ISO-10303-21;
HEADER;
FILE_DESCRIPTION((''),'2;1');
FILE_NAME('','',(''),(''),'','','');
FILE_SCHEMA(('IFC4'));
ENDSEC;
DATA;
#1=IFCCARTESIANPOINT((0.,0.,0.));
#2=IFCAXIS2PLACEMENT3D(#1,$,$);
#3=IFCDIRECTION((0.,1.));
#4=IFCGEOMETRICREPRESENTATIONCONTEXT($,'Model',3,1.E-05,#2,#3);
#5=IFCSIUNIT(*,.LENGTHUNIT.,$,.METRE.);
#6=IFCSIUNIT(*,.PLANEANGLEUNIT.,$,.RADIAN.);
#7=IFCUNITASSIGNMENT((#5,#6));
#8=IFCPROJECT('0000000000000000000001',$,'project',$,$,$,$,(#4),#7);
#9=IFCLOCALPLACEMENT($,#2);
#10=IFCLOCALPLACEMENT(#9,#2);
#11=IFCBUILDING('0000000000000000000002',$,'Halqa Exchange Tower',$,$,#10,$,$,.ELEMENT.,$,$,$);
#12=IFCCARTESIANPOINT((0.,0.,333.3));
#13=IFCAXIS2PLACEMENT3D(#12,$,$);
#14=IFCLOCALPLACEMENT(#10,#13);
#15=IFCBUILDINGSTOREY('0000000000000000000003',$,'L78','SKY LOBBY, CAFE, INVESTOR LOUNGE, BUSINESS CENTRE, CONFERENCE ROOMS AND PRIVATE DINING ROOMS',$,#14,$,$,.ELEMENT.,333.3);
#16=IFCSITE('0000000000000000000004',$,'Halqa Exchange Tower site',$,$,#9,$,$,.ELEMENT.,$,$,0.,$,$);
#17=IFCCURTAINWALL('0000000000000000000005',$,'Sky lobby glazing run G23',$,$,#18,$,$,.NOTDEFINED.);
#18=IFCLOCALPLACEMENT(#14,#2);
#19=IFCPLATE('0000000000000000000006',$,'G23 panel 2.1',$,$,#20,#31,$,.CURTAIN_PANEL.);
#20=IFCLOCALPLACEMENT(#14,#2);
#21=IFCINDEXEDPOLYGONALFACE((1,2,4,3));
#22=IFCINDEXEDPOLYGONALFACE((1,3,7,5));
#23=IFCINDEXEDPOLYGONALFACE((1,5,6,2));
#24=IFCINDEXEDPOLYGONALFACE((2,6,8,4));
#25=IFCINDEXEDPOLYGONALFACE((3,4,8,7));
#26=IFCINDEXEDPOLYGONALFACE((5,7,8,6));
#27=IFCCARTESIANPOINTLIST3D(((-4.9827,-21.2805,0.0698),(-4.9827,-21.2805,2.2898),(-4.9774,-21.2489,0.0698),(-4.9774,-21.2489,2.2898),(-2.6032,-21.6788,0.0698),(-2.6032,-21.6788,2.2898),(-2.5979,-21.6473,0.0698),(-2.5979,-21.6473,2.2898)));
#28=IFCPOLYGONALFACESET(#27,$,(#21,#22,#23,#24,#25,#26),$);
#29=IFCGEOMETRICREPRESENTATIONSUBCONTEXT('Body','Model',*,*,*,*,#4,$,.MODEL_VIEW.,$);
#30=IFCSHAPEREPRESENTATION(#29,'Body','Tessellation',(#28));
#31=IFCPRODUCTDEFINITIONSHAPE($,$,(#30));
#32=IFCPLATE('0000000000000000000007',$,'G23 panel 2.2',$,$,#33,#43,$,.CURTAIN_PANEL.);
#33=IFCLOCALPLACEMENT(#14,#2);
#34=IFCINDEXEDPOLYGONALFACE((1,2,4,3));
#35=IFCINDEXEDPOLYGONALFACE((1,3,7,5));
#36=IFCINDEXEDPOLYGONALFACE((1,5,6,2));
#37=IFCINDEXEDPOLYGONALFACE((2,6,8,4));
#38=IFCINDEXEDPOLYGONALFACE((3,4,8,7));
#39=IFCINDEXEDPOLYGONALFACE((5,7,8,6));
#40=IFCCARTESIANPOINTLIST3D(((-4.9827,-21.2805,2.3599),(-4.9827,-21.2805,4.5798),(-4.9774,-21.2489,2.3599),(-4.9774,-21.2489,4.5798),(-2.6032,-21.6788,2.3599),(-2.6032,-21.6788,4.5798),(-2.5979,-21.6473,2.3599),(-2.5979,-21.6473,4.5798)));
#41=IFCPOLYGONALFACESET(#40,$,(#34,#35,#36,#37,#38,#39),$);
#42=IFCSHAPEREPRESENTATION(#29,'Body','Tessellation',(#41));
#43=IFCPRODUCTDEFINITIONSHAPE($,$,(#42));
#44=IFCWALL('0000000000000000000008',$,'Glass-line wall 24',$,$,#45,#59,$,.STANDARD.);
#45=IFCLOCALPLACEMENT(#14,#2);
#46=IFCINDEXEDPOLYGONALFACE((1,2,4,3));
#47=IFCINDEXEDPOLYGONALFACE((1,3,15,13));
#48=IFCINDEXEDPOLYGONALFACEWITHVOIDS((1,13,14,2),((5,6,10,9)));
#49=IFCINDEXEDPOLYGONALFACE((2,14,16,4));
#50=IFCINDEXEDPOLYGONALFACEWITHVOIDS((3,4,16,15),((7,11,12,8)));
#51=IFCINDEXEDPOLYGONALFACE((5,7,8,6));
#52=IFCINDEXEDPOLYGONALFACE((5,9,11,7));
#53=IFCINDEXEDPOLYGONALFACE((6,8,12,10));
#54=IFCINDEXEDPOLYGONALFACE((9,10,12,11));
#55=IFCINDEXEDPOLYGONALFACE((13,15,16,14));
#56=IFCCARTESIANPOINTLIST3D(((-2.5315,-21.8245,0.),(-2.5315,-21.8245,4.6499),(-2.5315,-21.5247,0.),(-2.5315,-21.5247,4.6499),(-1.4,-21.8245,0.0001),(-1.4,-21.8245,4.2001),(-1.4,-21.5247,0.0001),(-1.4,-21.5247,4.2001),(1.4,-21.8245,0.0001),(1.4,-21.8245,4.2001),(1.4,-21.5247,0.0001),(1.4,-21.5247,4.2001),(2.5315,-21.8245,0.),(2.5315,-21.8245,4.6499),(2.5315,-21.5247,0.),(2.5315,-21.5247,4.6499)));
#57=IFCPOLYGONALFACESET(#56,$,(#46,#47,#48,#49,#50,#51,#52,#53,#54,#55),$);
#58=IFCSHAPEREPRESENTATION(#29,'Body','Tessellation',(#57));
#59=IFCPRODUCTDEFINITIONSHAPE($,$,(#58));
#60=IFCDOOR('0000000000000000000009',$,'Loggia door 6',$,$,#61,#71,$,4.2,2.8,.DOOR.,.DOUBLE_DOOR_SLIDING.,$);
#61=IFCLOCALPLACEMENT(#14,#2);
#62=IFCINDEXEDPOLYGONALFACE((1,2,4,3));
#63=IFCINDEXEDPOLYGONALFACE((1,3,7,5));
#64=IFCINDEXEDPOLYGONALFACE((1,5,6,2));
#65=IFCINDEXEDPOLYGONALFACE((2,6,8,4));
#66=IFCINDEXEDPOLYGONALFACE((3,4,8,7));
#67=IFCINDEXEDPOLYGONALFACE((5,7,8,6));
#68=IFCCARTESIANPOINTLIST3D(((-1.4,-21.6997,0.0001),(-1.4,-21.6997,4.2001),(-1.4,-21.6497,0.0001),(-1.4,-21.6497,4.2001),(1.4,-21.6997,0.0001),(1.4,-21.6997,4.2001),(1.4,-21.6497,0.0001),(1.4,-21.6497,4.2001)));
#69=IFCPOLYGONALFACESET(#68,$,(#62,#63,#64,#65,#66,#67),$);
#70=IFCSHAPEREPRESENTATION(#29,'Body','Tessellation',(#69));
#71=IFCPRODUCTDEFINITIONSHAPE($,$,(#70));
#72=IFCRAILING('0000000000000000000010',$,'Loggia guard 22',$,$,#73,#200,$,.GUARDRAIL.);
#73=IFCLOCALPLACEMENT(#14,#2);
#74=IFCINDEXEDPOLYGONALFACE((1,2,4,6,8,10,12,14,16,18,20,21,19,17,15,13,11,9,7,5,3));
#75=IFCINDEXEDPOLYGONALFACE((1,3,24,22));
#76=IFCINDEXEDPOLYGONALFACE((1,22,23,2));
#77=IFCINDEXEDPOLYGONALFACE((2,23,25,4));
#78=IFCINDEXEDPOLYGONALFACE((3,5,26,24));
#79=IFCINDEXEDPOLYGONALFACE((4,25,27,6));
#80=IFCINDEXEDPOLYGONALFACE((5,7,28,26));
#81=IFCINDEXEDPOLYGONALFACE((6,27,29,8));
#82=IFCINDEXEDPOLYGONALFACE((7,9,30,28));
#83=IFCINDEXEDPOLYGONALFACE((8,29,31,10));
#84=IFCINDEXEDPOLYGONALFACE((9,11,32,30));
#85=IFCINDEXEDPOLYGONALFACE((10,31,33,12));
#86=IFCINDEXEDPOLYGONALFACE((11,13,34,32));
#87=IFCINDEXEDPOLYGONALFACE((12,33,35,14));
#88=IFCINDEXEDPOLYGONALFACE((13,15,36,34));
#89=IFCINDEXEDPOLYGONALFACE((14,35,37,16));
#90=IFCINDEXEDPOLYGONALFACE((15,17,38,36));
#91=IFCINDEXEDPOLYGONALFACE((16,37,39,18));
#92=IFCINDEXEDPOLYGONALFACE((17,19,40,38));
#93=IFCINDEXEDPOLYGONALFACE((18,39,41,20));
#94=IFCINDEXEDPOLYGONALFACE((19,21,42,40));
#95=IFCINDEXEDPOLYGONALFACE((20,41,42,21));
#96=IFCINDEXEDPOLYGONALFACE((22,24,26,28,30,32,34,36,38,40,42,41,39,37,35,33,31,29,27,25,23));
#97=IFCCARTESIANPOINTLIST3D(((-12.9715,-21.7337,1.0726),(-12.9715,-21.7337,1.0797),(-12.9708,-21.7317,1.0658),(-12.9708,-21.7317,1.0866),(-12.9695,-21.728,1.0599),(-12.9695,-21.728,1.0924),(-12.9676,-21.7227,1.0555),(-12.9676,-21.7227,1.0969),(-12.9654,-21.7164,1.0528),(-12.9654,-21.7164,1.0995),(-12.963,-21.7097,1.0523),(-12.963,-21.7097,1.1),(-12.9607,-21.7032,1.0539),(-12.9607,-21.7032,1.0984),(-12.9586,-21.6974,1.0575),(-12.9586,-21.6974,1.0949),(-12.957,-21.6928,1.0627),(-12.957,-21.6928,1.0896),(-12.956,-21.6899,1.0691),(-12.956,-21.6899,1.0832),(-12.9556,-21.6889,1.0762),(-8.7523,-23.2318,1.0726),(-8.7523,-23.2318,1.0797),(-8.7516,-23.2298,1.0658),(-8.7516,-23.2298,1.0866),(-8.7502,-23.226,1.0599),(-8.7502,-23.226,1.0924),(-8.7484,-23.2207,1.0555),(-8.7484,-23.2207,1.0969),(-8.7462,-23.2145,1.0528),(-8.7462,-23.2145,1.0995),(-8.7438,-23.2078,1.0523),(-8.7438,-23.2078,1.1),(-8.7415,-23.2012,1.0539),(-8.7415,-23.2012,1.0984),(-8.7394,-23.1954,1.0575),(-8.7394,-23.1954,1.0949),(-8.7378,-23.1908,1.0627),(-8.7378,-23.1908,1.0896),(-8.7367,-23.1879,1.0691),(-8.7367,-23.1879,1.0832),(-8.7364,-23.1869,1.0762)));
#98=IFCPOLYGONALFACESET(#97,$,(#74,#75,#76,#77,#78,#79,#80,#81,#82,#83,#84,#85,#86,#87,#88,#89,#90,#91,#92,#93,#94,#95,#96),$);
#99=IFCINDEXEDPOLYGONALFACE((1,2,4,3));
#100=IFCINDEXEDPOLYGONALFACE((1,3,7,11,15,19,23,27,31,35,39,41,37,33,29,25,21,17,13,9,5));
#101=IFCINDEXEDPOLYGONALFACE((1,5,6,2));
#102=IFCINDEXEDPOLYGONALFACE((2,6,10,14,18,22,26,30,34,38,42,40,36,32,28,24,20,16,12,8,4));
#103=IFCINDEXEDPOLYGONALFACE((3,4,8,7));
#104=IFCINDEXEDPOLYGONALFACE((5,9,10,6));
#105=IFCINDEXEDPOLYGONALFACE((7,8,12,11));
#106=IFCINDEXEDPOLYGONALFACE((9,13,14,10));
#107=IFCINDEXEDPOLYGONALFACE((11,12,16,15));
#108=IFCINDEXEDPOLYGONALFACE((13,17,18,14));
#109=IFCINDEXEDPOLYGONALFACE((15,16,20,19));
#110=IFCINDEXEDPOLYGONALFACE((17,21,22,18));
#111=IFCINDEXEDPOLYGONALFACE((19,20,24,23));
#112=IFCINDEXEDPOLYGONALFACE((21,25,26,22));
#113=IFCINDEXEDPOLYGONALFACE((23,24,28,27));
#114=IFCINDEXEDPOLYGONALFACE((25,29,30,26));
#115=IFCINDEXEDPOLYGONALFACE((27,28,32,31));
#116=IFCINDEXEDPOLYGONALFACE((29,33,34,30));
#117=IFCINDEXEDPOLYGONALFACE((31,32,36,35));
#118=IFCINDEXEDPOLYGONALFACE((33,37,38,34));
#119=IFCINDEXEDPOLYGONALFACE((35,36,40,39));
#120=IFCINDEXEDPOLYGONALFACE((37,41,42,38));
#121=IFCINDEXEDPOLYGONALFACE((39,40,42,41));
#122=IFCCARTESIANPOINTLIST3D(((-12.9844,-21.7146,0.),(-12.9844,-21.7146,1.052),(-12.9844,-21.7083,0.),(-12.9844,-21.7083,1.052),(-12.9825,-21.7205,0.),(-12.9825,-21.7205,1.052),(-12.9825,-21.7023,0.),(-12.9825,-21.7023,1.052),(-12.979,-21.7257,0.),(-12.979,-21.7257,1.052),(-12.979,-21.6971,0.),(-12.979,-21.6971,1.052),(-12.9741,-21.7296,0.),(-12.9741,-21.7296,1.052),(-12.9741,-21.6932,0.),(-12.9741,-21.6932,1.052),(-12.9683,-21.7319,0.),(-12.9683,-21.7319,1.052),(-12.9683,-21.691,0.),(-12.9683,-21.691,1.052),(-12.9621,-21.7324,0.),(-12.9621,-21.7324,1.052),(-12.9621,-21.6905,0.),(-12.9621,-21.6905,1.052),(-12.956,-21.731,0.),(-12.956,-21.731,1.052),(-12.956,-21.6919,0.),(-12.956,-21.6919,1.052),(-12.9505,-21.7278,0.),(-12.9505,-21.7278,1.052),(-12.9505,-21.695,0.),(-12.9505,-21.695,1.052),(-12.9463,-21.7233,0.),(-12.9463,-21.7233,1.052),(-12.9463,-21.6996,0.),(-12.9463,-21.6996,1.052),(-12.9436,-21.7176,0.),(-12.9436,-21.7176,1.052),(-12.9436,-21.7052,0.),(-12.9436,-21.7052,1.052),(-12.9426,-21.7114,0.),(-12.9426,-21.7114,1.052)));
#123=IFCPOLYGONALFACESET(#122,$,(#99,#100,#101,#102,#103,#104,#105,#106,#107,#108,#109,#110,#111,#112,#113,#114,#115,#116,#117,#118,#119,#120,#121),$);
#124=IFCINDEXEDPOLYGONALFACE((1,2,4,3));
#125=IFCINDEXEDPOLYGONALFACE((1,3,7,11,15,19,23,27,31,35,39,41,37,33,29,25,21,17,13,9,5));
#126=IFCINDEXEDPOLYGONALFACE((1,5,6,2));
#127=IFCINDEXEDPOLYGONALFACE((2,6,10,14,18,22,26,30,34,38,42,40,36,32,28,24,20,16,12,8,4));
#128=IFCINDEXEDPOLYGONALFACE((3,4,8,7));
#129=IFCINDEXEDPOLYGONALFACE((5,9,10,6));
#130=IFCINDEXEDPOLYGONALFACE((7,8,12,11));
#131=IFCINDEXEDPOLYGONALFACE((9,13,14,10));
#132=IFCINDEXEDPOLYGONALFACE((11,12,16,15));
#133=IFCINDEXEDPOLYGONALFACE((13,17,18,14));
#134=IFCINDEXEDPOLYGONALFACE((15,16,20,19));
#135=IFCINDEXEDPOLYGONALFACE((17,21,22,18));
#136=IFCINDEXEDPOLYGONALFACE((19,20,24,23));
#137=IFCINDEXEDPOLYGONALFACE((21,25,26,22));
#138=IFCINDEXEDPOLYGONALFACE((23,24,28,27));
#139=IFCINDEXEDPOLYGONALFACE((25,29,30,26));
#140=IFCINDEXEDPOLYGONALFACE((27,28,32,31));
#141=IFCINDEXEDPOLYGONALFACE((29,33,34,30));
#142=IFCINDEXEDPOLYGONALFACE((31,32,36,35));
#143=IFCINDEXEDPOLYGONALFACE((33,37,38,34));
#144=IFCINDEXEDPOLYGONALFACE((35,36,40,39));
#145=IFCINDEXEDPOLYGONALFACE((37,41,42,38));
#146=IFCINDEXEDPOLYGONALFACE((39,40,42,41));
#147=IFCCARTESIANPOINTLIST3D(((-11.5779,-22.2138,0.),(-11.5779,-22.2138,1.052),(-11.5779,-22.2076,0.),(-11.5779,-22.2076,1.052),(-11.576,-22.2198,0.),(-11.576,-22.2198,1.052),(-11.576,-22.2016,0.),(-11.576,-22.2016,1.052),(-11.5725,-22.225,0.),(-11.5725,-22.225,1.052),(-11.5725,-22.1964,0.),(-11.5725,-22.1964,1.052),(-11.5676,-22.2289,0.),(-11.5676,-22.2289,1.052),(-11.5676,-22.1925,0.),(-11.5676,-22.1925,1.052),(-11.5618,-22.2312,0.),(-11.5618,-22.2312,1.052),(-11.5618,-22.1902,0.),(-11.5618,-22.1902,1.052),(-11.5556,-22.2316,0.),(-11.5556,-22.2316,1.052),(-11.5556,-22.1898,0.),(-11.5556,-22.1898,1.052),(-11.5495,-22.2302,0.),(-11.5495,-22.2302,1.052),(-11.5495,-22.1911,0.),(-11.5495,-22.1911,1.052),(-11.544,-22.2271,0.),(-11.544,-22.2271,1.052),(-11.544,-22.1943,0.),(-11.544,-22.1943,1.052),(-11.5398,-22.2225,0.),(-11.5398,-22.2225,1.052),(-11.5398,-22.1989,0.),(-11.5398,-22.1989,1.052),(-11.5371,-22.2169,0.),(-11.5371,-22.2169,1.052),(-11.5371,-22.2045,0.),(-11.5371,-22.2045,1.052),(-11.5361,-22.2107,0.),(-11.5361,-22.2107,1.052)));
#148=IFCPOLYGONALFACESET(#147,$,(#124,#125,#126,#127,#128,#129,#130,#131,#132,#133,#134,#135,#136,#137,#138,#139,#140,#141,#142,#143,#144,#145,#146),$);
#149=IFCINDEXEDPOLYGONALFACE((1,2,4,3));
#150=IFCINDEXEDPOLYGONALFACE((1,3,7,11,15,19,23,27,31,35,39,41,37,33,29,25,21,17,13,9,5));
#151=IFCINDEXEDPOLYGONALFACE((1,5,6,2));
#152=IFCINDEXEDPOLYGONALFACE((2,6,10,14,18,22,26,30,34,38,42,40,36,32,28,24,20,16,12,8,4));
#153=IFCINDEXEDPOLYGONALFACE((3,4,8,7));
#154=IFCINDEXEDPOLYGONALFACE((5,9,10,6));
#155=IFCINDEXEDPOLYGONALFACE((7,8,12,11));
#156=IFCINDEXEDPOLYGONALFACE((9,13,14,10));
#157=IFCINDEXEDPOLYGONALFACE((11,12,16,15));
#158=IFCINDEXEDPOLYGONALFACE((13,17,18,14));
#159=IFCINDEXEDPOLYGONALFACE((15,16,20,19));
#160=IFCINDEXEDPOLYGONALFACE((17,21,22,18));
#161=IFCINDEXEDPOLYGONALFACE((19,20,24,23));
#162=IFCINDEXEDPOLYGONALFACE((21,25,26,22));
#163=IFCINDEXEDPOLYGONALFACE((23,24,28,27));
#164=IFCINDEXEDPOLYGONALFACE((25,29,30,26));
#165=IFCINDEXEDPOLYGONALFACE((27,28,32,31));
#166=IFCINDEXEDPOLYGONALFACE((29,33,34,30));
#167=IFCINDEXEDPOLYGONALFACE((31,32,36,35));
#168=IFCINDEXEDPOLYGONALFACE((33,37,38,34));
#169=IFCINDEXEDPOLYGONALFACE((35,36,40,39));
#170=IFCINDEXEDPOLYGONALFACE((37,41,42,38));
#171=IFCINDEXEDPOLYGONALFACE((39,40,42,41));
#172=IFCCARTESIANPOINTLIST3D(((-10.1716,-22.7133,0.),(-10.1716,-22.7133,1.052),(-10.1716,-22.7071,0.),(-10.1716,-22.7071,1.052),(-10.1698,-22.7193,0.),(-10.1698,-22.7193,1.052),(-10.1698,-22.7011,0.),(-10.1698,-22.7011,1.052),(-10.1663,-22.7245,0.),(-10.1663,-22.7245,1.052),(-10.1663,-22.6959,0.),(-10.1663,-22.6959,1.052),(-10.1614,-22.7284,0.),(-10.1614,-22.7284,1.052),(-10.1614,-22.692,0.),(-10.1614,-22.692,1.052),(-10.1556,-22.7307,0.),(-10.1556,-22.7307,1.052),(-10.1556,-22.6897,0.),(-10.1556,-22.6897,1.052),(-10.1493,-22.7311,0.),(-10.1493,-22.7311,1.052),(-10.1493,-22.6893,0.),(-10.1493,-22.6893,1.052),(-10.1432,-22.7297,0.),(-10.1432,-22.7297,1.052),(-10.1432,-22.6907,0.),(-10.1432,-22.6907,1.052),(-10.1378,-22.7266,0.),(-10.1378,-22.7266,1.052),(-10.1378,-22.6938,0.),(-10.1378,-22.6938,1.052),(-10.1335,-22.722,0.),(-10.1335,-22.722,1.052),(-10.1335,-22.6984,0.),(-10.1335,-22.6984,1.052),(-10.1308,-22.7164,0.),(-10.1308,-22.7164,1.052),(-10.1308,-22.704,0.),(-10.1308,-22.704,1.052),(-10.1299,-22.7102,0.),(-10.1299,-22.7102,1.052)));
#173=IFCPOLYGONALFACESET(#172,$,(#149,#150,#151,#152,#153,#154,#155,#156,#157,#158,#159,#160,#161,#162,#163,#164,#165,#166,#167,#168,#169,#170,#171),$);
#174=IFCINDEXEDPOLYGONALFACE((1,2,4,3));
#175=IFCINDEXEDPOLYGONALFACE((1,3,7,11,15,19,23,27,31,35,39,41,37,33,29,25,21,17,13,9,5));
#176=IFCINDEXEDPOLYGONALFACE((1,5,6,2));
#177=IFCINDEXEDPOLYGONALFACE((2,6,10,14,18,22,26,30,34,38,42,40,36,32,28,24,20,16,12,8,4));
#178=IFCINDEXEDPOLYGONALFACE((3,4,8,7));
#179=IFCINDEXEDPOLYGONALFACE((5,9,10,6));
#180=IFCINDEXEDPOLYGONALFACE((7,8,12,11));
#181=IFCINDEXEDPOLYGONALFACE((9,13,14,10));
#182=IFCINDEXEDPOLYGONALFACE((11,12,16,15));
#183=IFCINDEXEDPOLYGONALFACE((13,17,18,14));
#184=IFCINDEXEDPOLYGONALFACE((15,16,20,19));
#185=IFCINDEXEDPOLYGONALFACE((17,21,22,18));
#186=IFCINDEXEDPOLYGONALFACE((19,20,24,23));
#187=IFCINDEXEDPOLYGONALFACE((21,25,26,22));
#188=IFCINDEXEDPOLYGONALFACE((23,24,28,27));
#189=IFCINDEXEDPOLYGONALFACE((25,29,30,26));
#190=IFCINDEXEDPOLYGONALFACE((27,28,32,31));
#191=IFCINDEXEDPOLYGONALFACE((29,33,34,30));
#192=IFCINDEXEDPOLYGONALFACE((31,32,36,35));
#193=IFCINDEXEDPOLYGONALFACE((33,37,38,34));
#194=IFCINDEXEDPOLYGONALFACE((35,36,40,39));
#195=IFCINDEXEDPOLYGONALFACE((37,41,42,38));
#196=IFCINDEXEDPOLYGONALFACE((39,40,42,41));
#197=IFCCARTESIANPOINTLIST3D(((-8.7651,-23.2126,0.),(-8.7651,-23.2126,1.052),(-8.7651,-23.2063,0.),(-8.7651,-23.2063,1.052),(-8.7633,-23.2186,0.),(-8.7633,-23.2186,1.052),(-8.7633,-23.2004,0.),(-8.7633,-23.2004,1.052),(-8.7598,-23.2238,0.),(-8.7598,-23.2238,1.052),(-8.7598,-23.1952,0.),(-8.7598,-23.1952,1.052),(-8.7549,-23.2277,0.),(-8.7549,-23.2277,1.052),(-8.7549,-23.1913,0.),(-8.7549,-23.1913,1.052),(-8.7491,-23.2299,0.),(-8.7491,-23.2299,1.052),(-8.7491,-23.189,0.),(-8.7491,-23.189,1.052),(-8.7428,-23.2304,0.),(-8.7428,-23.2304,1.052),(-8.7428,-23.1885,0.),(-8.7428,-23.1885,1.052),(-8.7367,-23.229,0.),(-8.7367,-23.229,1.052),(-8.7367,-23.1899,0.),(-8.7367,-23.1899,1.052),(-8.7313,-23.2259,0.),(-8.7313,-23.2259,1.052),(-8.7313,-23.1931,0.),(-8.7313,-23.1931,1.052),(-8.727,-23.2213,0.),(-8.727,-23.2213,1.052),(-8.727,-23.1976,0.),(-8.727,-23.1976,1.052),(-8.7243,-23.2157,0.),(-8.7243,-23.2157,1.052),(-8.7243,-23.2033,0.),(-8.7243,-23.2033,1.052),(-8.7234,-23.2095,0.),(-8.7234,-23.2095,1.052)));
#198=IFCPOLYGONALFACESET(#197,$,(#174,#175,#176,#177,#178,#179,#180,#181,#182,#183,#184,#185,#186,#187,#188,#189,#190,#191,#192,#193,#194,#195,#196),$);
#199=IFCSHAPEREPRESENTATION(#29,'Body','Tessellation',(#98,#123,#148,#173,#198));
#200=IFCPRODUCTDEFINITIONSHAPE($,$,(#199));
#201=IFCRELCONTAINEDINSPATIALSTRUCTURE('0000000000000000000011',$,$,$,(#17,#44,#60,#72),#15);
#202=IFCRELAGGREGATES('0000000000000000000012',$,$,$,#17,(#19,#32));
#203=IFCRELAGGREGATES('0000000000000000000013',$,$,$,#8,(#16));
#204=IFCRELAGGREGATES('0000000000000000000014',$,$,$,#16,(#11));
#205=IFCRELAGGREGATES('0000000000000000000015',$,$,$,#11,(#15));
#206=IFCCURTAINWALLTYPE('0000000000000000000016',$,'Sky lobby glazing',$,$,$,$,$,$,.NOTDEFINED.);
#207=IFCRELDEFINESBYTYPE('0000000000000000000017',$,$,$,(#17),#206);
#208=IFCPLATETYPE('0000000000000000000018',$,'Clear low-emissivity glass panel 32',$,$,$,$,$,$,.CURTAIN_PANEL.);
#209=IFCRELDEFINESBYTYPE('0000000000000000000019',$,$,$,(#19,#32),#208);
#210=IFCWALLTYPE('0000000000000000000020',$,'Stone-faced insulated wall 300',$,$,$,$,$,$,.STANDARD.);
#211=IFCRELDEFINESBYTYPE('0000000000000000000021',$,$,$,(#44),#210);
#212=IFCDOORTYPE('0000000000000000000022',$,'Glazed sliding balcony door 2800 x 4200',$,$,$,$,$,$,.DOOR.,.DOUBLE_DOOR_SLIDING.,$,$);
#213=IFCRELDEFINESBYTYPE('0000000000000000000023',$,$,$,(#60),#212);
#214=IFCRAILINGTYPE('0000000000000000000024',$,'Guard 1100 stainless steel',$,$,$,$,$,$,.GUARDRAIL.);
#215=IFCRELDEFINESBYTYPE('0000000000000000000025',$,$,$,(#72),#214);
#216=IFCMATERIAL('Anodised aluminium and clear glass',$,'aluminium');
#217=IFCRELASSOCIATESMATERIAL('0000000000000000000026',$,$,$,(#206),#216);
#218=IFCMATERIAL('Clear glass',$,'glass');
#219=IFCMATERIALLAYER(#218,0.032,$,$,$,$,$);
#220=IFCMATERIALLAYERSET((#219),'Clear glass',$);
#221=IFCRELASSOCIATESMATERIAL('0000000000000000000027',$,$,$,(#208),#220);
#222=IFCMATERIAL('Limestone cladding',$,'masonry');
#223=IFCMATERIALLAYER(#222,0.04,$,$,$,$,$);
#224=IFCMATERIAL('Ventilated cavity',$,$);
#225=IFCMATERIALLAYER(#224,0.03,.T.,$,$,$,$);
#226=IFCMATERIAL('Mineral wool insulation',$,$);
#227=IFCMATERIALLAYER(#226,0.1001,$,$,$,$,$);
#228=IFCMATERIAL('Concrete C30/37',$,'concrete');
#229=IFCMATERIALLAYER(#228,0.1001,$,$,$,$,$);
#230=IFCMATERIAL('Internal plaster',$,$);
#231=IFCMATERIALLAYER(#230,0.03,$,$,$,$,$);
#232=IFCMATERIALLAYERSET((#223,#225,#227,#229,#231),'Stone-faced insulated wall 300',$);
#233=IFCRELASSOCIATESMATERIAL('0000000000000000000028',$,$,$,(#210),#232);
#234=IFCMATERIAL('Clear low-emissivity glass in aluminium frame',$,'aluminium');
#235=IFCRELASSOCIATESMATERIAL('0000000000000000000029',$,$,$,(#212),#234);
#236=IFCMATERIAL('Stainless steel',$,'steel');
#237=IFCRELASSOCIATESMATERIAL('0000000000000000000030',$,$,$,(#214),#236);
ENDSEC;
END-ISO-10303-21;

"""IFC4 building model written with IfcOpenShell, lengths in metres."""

from ifc_helpers import new_model, si_unit, direction, frame, frame_2d, origin, origin_2d, place, context, subcontext, project, spatial, polyline, rectangle, circle, outline, extrude, material, layer, layer_set, type_object, element, fill, aggregate, save


model = new_model("IFC4")

# Units and contexts
model_context = context("Model", 3, precision=1e-05, world=origin(), true_north=direction((0.0, 1.0)))
body_context = subcontext(model_context, "Body", "Model", "MODEL_VIEW")
ifc_project = project(units=[si_unit("LENGTHUNIT", "METRE"), si_unit("PLANEANGLEUNIT", "RADIAN")], contexts=[model_context])

# Site, building, storey
site_placement = place(None, origin())
site = spatial("IfcSite", under=ifc_project, at=site_placement, Name="Halqa Exchange Tower site", CompositionType="ELEMENT", RefElevation=0.0)
building_placement = place(site_placement, origin())
building = spatial("IfcBuilding", under=site, at=building_placement, Name="Halqa Exchange Tower", CompositionType="ELEMENT")
storey_placement = place(building_placement, frame((0.0, 0.0, 333.3)))
storey = spatial("IfcBuildingStorey", under=building, at=storey_placement, Name="L78", Description="SKY LOBBY, CAFE, INVESTOR LOUNGE, BUSINESS CENTRE, CONFERENCE ROOMS AND PRIVATE DINING ROOMS", CompositionType="ELEMENT", Elevation=333.3)

# Curtain wall
ifc_material_1 = material(Name="Anodised aluminium and clear glass", Category="aluminium")
curtain_wall_type = type_object("IfcCurtainWallType", Name="Sky lobby glazing", PredefinedType="NOTDEFINED", material=ifc_material_1)
curtain_wall_1_placement = place(storey_placement, origin())
curtain_wall_1 = element("IfcCurtainWall", 1, at=curtain_wall_1_placement, inside=storey, type_object=curtain_wall_type, Name="Sky lobby glazing run G23", PredefinedType="NOTDEFINED")

# Plates
ifc_material_2 = material(Name="Clear glass", Category="glass")
ifc_layer_1 = layer(ifc_material_2, 0.032)
ifc_layer_set_1 = layer_set([ifc_layer_1], Name="Clear glass")
plate_type = type_object("IfcPlateType", Name="Clear low-emissivity glass panel 32", PredefinedType="CURTAIN_PANEL", material=ifc_layer_set_1)
plate_1_placement = place(storey_placement, frame((-3.7903, -21.4639, 0.0698), z_axis=(0.0, 0.0, 1.0), x_axis=(0.986274, -0.165117, 0.0)))
plate_1 = element("IfcPlate", 2, at=plate_1_placement, type_object=plate_type, Name="G23 panel 2.1", PredefinedType="CURTAIN_PANEL", context=body_context, shape_type="SweptSolid", body=[
    extrude(rectangle(XDim=2.4126, YDim=0.032, at=origin_2d()), origin(), (0.0, 0.0, 1.0), 2.22),
])
plate_2_placement = place(storey_placement, frame((-3.7903, -21.4639, 2.3599), z_axis=(0.0, 0.0, 1.0), x_axis=(0.986274, -0.165117, 0.0)))
plate_2 = element("IfcPlate", 3, at=plate_2_placement, type_object=plate_type, Name="G23 panel 2.2", PredefinedType="CURTAIN_PANEL", context=body_context, shape_type="SweptSolid", body=[
    extrude(rectangle(XDim=2.4126, YDim=0.032, at=origin_2d()), origin(), (0.0, 0.0, 1.0), 2.22),
])
aggregate(curtain_wall_1, [plate_1, plate_2])

# Wall, opening, door
ifc_material_3 = material(Name="Limestone cladding", Category="masonry")
ifc_layer_2 = layer(ifc_material_3, 0.04)
ifc_material_4 = material(Name="Ventilated cavity")
ifc_layer_3 = layer(ifc_material_4, 0.03, ventilated=True)
ifc_material_5 = material(Name="Mineral wool insulation")
ifc_layer_4 = layer(ifc_material_5, 0.1001)
ifc_material_6 = material(Name="Concrete C30/37", Category="concrete")
ifc_layer_5 = layer(ifc_material_6, 0.1001)
ifc_material_7 = material(Name="Internal plaster")
ifc_layer_6 = layer(ifc_material_7, 0.03)
ifc_layer_set_2 = layer_set([ifc_layer_2, ifc_layer_3, ifc_layer_4, ifc_layer_5, ifc_layer_6], Name="Stone-faced insulated wall 300")
wall_type = type_object("IfcWallType", Name="Stone-faced insulated wall 300", PredefinedType="STANDARD", material=ifc_layer_set_2)
wall_placement = place(storey_placement, frame((-2.5315, -21.6746, 0.0), z_axis=(0.0, 0.0, 1.0), x_axis=(1.0, 0.0, 0.0)))
wall = element("IfcWall", 4, at=wall_placement, inside=storey, type_object=wall_type, Name="Glass-line wall 24", PredefinedType="STANDARD", context=body_context, shape_type="SweptSolid", body=[
    extrude(outline(polyline([(0.0, -0.1499), (5.063, -0.1499), (5.063, 0.1499), (0.0, 0.1499), (0.0, -0.1499)])), origin(), (0.0, 0.0, 1.0), 4.6499),
])
opening_placement = place(wall_placement, frame((1.1316, 0.0, 0.0)))
opening = element("IfcOpeningElement", 5, at=opening_placement, cuts=wall, PredefinedType="OPENING", context=body_context, shape_type="SweptSolid", body=[
    extrude(rectangle(XDim=2.8, YDim=4.2, at=frame_2d((1.3999, 2.1001))), frame((0.0, 0.1621, 0.0), z_axis=(0.0, -1.0, 0.0), x_axis=(1.0, 0.0, 0.0)), (0.0, 0.0, 1.0), 0.324),
])
ifc_material_8 = material(Name="Clear low-emissivity glass in aluminium frame", Category="aluminium")
door_type = type_object("IfcDoorType", Name="Glazed sliding balcony door 2800 x 4200", OperationType="DOUBLE_DOOR_SLIDING", PredefinedType="DOOR", material=ifc_material_8)
door_placement = place(opening_placement, origin())
door = element("IfcDoor", 6, at=door_placement, inside=storey, type_object=door_type, Name="Loggia door 6", OperationType="DOUBLE_DOOR_SLIDING", OverallHeight=4.2, OverallWidth=2.8, PredefinedType="DOOR", context=body_context, shape_type="SweptSolid", body=[
    extrude(rectangle(XDim=2.8, YDim=4.2, at=frame_2d((1.3999, 2.1001))), frame((0.0, 0.0249, 0.0), z_axis=(0.0, -1.0, 0.0), x_axis=(1.0, 0.0, 0.0)), (0.0, 0.0, 1.0), 0.05),
])
fill(opening, door)

# Railing
ifc_material_9 = material(Name="Stainless steel", Category="steel")
railing_type = type_object("IfcRailingType", Name="Guard 1100 stainless steel", PredefinedType="GUARDRAIL", material=ifc_material_9)
railing_1_placement = place(storey_placement, frame((-12.9636, -21.7114, 0.0)))
element("IfcRailing", 7, at=railing_1_placement, inside=storey, type_object=railing_type, Name="Loggia guard 22", PredefinedType="GUARDRAIL", context=body_context, shape_type="SweptSolid", body=[
    extrude(circle(Radius=0.0239, at=origin_2d()), frame((0.0, 0.0, 1.0762), z_axis=(0.942365, -0.334588, 0.0), x_axis=(0.334588, 0.942365, 0.0)), (0.0, 0.0, 1.0), 4.4773),
    extrude(circle(Radius=0.021, at=origin_2d()), origin(), (0.0, 0.0, 1.0), 1.052),
    extrude(circle(Radius=0.021, at=origin_2d()), frame((1.4065, -0.4993, 0.0)), (0.0, 0.0, 1.0), 1.052),
    extrude(circle(Radius=0.021, at=origin_2d()), frame((2.8127, -0.9988, 0.0)), (0.0, 0.0, 1.0), 1.052),
    extrude(circle(Radius=0.021, at=origin_2d()), frame((4.2192, -1.498, 0.0)), (0.0, 0.0, 1.0), 1.052),
])

save(model, "model.ifc")
